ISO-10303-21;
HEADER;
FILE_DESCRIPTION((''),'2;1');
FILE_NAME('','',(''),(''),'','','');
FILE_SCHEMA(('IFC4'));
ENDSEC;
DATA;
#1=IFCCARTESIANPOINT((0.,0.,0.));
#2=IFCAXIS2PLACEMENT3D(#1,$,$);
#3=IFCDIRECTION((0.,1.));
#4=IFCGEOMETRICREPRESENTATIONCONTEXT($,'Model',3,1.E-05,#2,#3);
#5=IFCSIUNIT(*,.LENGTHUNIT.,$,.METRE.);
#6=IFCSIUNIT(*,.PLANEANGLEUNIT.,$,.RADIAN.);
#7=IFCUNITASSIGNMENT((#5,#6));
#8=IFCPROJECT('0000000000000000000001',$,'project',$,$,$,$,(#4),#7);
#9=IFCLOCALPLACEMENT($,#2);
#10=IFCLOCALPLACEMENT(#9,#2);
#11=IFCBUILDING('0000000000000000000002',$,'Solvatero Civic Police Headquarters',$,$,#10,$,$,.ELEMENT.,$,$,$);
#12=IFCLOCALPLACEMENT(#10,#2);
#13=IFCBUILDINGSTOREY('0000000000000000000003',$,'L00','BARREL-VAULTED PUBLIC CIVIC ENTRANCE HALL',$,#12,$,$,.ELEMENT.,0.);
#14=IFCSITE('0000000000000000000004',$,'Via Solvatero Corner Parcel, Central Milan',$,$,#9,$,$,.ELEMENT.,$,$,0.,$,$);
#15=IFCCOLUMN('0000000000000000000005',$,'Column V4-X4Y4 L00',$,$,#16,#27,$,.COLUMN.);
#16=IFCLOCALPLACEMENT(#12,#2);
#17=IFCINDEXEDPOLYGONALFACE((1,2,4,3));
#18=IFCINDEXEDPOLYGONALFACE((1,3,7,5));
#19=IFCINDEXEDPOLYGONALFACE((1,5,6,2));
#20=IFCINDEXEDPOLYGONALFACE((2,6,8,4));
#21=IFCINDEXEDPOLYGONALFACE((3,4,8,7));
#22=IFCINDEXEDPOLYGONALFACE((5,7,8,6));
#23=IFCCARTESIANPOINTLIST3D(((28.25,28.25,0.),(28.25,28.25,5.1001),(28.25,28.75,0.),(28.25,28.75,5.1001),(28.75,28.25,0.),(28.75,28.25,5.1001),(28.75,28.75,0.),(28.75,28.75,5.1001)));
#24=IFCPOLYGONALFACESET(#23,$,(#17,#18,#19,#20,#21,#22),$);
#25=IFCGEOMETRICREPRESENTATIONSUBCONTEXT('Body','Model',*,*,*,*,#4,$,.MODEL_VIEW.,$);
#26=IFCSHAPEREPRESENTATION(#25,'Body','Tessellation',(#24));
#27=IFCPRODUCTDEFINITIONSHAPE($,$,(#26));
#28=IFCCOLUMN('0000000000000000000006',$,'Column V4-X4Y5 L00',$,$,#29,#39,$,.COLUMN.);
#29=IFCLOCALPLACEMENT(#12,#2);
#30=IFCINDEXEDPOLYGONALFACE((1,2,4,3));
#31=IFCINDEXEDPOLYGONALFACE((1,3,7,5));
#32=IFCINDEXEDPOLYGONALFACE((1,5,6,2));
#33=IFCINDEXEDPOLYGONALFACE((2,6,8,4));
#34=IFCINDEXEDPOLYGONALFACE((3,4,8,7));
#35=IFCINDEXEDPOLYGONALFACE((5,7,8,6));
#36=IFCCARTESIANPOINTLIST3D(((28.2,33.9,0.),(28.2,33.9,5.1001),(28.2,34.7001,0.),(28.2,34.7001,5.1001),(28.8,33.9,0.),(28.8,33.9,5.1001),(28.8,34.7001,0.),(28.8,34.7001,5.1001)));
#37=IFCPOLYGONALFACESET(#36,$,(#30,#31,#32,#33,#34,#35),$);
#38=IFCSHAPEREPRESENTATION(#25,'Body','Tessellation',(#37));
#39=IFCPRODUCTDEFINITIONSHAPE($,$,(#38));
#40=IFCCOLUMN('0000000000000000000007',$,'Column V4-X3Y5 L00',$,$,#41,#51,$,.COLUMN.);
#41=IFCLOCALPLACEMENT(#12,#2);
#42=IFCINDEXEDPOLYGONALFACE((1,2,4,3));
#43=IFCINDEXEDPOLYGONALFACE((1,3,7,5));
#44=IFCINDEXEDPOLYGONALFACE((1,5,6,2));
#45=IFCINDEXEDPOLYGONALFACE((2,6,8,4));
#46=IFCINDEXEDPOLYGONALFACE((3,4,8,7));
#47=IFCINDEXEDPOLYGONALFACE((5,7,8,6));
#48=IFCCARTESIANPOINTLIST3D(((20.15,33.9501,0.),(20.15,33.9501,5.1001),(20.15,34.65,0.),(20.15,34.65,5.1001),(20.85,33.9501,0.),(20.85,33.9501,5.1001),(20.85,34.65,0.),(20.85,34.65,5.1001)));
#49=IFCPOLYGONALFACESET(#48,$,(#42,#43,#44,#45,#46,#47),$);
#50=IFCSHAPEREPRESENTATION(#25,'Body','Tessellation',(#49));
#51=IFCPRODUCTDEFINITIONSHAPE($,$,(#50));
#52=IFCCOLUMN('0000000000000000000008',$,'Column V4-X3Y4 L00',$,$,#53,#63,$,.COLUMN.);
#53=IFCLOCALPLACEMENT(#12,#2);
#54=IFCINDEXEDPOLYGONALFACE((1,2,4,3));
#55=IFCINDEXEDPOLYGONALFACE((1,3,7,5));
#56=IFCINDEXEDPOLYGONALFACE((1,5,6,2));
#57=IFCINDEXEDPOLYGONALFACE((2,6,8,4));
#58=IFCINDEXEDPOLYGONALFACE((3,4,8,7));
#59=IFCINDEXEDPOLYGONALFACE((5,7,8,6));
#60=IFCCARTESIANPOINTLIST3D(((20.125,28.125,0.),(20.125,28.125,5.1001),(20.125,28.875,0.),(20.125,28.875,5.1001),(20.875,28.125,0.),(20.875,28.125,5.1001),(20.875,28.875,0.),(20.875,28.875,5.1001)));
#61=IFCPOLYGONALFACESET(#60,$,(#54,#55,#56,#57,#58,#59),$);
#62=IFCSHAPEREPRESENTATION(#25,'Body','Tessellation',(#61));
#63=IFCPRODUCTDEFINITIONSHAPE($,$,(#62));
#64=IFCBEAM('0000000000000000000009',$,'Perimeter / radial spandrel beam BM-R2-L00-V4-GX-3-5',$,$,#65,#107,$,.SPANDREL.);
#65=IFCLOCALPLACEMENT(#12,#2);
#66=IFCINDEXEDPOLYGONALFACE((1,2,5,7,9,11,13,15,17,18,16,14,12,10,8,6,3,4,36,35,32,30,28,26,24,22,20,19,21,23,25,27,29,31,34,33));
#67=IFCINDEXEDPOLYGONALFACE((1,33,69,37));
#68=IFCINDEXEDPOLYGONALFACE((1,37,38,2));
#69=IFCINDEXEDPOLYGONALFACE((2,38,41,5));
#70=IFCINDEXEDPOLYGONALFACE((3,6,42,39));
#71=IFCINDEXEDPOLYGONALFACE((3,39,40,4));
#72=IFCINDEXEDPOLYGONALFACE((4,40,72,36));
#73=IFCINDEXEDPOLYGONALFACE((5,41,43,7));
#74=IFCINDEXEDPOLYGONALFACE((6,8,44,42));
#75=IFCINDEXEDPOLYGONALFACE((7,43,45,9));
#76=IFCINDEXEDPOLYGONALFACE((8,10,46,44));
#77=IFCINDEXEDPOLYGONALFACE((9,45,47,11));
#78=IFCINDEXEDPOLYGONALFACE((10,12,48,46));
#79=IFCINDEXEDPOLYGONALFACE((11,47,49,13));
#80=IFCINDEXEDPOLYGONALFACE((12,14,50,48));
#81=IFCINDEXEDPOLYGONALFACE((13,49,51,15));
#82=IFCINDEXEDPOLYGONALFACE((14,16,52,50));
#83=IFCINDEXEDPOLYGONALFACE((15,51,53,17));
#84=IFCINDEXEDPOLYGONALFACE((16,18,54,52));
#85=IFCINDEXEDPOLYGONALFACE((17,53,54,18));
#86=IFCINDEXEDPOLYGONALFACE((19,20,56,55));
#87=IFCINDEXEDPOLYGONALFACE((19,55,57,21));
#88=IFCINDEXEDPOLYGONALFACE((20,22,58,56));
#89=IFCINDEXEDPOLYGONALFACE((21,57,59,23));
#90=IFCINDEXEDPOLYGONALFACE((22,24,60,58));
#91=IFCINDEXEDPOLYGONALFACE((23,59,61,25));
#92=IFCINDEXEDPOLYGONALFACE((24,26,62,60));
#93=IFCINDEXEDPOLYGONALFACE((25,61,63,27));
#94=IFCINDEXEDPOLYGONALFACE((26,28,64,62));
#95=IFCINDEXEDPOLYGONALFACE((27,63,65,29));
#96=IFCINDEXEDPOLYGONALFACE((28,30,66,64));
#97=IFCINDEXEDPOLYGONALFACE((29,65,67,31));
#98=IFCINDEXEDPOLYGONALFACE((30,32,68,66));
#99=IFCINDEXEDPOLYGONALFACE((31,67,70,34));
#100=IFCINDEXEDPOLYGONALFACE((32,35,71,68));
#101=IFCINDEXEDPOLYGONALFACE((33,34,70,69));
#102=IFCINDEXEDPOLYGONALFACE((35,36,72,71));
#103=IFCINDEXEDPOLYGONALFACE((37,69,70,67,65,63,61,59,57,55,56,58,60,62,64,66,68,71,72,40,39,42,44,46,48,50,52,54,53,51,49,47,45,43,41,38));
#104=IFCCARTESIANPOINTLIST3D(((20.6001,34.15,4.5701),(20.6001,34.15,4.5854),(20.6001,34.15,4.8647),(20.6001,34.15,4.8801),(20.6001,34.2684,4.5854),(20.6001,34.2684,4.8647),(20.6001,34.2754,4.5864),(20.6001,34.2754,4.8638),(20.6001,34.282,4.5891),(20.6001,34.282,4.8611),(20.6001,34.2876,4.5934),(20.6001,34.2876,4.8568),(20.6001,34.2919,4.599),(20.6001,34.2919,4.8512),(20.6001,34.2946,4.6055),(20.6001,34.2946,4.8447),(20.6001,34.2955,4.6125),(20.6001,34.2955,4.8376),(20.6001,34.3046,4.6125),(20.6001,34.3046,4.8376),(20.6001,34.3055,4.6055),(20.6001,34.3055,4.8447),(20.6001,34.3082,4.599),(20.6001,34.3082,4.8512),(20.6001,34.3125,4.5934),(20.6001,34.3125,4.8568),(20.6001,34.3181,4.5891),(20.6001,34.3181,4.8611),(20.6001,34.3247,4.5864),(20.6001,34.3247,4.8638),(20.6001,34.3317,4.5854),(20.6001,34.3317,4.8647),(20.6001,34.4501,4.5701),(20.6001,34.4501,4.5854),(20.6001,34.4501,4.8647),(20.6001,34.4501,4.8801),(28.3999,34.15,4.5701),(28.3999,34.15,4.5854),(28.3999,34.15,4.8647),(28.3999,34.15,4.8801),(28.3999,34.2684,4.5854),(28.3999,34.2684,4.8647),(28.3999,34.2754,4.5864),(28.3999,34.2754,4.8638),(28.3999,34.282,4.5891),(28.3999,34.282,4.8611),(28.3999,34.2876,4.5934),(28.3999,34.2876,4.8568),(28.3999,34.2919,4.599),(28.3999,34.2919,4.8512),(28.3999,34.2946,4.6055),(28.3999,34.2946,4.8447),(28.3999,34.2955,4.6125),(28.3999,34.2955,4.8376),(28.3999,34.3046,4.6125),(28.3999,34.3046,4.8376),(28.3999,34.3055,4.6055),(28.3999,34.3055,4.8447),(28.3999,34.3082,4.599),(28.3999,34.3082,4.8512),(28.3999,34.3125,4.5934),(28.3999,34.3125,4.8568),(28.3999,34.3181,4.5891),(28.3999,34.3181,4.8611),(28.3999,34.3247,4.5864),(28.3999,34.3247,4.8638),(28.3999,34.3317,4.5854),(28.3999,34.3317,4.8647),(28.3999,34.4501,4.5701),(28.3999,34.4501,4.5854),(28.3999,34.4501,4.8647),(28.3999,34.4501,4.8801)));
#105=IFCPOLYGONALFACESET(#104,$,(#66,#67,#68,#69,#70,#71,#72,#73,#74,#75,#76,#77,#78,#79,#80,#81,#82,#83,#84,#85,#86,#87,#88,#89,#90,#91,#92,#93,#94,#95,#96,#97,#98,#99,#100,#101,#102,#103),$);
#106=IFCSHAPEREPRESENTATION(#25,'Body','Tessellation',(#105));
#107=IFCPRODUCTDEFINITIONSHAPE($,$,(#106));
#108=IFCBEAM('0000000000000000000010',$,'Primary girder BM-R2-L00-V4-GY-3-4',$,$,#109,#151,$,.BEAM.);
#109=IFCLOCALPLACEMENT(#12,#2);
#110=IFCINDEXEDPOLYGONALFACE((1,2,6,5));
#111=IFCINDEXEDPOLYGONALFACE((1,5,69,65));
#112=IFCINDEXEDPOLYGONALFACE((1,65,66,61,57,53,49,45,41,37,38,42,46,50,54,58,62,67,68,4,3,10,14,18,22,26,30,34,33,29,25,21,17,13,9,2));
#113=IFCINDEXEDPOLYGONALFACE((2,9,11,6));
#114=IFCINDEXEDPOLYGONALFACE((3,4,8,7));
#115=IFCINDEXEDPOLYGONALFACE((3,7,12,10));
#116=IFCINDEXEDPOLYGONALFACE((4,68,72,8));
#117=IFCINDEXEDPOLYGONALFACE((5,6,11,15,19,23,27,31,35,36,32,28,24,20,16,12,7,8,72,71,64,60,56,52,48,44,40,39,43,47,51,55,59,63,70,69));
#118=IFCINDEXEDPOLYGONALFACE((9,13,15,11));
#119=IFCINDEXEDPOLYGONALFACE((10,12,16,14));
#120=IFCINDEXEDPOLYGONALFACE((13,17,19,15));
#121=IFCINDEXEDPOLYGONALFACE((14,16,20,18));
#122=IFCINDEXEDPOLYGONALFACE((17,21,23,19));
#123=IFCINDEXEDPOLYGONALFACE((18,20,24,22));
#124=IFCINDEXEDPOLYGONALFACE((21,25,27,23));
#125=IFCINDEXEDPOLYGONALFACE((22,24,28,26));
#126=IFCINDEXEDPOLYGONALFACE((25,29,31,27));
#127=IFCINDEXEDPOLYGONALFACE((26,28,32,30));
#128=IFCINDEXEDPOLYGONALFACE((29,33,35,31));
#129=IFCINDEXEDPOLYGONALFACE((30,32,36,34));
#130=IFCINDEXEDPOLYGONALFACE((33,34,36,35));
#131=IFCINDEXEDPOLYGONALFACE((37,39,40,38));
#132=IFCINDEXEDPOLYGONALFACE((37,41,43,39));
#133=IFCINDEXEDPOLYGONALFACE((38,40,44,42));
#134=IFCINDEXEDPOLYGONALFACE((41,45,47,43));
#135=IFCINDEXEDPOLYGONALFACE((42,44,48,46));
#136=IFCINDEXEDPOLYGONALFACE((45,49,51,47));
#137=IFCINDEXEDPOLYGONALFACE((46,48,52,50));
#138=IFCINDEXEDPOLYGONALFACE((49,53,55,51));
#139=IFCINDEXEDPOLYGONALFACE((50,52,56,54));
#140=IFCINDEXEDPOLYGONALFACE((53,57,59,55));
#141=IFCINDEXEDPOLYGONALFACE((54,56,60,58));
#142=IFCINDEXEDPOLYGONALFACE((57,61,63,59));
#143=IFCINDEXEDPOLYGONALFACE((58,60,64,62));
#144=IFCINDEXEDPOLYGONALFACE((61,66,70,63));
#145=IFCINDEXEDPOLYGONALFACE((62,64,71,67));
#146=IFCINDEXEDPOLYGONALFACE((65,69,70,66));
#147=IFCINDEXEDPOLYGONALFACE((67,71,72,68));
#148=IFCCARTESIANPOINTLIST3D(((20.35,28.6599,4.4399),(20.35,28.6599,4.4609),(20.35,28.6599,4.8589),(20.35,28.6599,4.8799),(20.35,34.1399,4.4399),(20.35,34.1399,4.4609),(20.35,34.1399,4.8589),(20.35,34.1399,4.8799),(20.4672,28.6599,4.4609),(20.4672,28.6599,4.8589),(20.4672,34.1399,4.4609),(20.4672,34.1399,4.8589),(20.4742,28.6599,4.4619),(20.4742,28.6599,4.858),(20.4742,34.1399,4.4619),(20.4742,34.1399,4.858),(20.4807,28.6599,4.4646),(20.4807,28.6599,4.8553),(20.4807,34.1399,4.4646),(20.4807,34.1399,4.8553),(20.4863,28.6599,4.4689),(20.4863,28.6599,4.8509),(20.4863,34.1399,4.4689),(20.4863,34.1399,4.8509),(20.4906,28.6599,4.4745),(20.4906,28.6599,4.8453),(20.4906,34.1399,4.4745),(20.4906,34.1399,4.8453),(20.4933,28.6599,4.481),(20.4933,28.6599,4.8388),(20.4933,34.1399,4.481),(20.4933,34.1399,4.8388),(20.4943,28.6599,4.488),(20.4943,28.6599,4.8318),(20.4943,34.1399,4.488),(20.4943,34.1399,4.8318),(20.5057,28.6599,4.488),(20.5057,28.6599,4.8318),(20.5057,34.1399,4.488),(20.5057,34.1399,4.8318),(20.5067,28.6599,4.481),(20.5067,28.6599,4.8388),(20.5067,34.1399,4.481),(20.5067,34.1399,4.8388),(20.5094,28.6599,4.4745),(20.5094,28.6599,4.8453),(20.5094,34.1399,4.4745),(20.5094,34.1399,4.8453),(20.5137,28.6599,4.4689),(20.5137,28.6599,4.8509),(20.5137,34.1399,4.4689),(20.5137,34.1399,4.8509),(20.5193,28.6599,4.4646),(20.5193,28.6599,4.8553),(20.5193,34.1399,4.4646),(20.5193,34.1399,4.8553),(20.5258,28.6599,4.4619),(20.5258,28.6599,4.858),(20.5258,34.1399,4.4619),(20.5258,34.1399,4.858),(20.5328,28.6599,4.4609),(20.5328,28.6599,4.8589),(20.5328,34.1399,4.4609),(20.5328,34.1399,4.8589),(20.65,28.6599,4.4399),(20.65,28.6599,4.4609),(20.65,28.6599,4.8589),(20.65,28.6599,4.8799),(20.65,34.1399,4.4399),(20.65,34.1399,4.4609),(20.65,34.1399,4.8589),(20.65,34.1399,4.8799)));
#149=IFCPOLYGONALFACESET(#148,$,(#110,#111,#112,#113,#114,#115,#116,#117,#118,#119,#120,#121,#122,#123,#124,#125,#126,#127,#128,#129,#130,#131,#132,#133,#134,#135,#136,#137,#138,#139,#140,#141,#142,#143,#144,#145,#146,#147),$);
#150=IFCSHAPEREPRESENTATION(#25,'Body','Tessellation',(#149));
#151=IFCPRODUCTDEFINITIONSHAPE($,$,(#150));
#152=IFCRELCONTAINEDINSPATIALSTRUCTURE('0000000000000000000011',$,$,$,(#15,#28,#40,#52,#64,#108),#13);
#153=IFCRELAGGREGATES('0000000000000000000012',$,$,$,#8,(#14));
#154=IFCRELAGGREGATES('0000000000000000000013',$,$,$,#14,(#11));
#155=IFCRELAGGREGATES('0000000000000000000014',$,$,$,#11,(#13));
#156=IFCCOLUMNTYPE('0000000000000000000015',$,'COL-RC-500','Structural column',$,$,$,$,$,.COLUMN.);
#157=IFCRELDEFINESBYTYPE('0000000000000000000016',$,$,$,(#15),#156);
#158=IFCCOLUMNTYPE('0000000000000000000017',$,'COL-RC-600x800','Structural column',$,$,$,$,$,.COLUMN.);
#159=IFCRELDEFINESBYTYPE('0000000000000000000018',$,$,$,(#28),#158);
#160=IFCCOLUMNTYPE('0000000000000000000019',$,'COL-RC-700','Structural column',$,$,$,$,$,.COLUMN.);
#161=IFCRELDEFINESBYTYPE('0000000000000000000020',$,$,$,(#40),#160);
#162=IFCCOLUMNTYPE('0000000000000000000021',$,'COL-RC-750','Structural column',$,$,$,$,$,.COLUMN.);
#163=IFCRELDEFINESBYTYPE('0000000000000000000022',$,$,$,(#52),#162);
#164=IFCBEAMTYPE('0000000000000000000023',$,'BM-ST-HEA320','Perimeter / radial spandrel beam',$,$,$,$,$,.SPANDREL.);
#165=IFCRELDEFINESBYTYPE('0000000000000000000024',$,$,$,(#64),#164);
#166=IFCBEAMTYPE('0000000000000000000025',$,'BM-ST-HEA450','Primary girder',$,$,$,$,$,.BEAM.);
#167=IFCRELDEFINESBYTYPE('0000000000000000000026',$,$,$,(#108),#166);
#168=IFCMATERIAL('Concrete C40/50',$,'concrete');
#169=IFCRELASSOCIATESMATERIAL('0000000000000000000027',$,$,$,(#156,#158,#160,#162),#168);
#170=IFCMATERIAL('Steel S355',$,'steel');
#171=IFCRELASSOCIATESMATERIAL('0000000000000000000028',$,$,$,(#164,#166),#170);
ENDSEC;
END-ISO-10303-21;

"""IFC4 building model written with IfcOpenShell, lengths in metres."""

from ifc_helpers import new_model, si_unit, direction, frame, origin, origin_2d, place, context, subcontext, project, spatial, rectangle, i_section, extrude, material, material_profile, profile_set, type_object, element, save


model = new_model("IFC4")

# Units and contexts
model_context = context("Model", 3, precision=1e-05, world=origin(), true_north=direction((0.0, 1.0)))
body_context = subcontext(model_context, "Body", "Model", "MODEL_VIEW")
ifc_project = project(units=[si_unit("LENGTHUNIT", "METRE"), si_unit("PLANEANGLEUNIT", "RADIAN")], contexts=[model_context])

# Site, building, storey
site_placement = place(None, origin())
site = spatial("IfcSite", under=ifc_project, at=site_placement, Name="Via Solvatero Corner Parcel, Central Milan", CompositionType="ELEMENT", RefElevation=0.0)
building_placement = place(site_placement, origin())
building = spatial("IfcBuilding", under=site, at=building_placement, Name="Solvatero Civic Police Headquarters", CompositionType="ELEMENT")
storey_placement = place(building_placement, origin())
storey = spatial("IfcBuildingStorey", under=building, at=storey_placement, Name="L00", Description="BARREL-VAULTED PUBLIC CIVIC ENTRANCE HALL", CompositionType="ELEMENT", Elevation=0.0)

# Columns
ifc_material_1 = material(Name="Concrete C40/50", Category="concrete")
ifc_material_profile_1 = material_profile(ifc_material_1, rectangle(XDim=0.5, YDim=0.5, at=origin_2d()), Name="RC 500x500")
ifc_profile_set_1 = profile_set([ifc_material_profile_1], Name="Concrete C40/50")
column_type_1 = type_object("IfcColumnType", Name="COL-RC-500", Description="Structural column", PredefinedType="COLUMN", material=ifc_profile_set_1)
column_1_placement = place(storey_placement, frame((28.5, 28.5, 0.0), z_axis=(0.0, 0.0, 1.0), x_axis=(1.0, 0.0, 0.0)))
element("IfcColumn", 1, at=column_1_placement, inside=storey, type_object=column_type_1, Name="Column V4-X4Y4 L00", PredefinedType="COLUMN", context=body_context, shape_type="SweptSolid", body=[
    extrude(rectangle(XDim=0.5, YDim=0.5, at=origin_2d()), origin(), (0.0, 0.0, 1.0), 5.1001),
])
ifc_material_profile_2 = material_profile(ifc_material_1, rectangle(XDim=0.6001, YDim=0.8, at=origin_2d()), Name="RC 600x800")
ifc_profile_set_2 = profile_set([ifc_material_profile_2], Name="Concrete C40/50")
column_type_2 = type_object("IfcColumnType", Name="COL-RC-600x800", Description="Structural column", PredefinedType="COLUMN", material=ifc_profile_set_2)
column_2_placement = place(storey_placement, frame((28.5, 34.3, 0.0), z_axis=(0.0, 0.0, 1.0), x_axis=(1.0, 0.0, 0.0)))
element("IfcColumn", 2, at=column_2_placement, inside=storey, type_object=column_type_2, Name="Column V4-X4Y5 L00", PredefinedType="COLUMN", context=body_context, shape_type="SweptSolid", body=[
    extrude(rectangle(XDim=0.6001, YDim=0.8, at=origin_2d()), origin(), (0.0, 0.0, 1.0), 5.1001),
])
ifc_material_profile_3 = material_profile(ifc_material_1, rectangle(XDim=0.7, YDim=0.7, at=origin_2d()), Name="RC 700x700")
ifc_profile_set_3 = profile_set([ifc_material_profile_3], Name="Concrete C40/50")
column_type_3 = type_object("IfcColumnType", Name="COL-RC-700", Description="Structural column", PredefinedType="COLUMN", material=ifc_profile_set_3)
column_3_placement = place(storey_placement, frame((20.5, 34.3, 0.0), z_axis=(0.0, 0.0, 1.0), x_axis=(1.0, 0.0, 0.0)))
element("IfcColumn", 3, at=column_3_placement, inside=storey, type_object=column_type_3, Name="Column V4-X3Y5 L00", PredefinedType="COLUMN", context=body_context, shape_type="SweptSolid", body=[
    extrude(rectangle(XDim=0.7, YDim=0.7, at=origin_2d()), origin(), (0.0, 0.0, 1.0), 5.1001),
])
ifc_material_profile_4 = material_profile(ifc_material_1, rectangle(XDim=0.75, YDim=0.75, at=origin_2d()), Name="RC 750x750")
ifc_profile_set_4 = profile_set([ifc_material_profile_4], Name="Concrete C40/50")
column_type_4 = type_object("IfcColumnType", Name="COL-RC-750", Description="Structural column", PredefinedType="COLUMN", material=ifc_profile_set_4)
column_4_placement = place(storey_placement, frame((20.5, 28.5, 0.0), z_axis=(0.0, 0.0, 1.0), x_axis=(1.0, 0.0, 0.0)))
element("IfcColumn", 4, at=column_4_placement, inside=storey, type_object=column_type_4, Name="Column V4-X3Y4 L00", PredefinedType="COLUMN", context=body_context, shape_type="SweptSolid", body=[
    extrude(rectangle(XDim=0.75, YDim=0.75, at=origin_2d()), origin(), (0.0, 0.0, 1.0), 5.1001),
])

# Beams
ifc_material_2 = material(Name="Steel S355", Category="steel")
ifc_material_profile_5 = material_profile(ifc_material_2, i_section(OverallWidth=0.3, OverallDepth=0.3101, WebThickness=0.009, FlangeThickness=0.0154, FilletRadius=0.0271, at=origin_2d()), Name="HEA 320")
ifc_profile_set_5 = profile_set([ifc_material_profile_5], Name="Steel S355")
beam_type_1 = type_object("IfcBeamType", Name="BM-ST-HEA320", Description="Perimeter / radial spandrel beam", PredefinedType="SPANDREL", material=ifc_profile_set_5)
beam_1_placement = place(storey_placement, frame((20.6001, 34.3, 4.7251), z_axis=(1.0, 0.0, 0.0), x_axis=(0.0, 1.0, 0.0)))
element("IfcBeam", 5, at=beam_1_placement, inside=storey, type_object=beam_type_1, Name="Perimeter / radial spandrel beam BM-R2-L00-V4-GX-3-5", PredefinedType="SPANDREL", context=body_context, shape_type="SweptSolid", body=[
    extrude(i_section(OverallWidth=0.3, OverallDepth=0.3101, WebThickness=0.009, FlangeThickness=0.0154, FilletRadius=0.0271, at=origin_2d()), origin(), (0.0, 0.0, 1.0), 7.7998),
])
ifc_material_profile_6 = material_profile(ifc_material_2, i_section(OverallWidth=0.3, OverallDepth=0.4399, WebThickness=0.0115, FlangeThickness=0.021, FilletRadius=0.0271, at=origin_2d()), Name="HEA 450")
ifc_profile_set_6 = profile_set([ifc_material_profile_6], Name="Steel S355")
beam_type_2 = type_object("IfcBeamType", Name="BM-ST-HEA450", Description="Primary girder", PredefinedType="BEAM", material=ifc_profile_set_6)
for number, where, z_axis, x_axis, name in (
    (6, (20.5, 28.6599, 4.6599), (0.0, 1.0, 0.0), (-1.0, 0.0, 0.0), "Primary girder BM-R2-L00-V4-GY-3-4"),
):
    element("IfcBeam", number, at=place(storey_placement, frame(where, z_axis=z_axis, x_axis=x_axis)), inside=storey, type_object=beam_type_2, Name=name, PredefinedType="BEAM", context=body_context, shape_type="SweptSolid", body=[
        extrude(i_section(OverallWidth=0.3, OverallDepth=0.4399, WebThickness=0.0115, FlangeThickness=0.021, FilletRadius=0.0271, at=origin_2d()), origin(), (0.0, 0.0, 1.0), 5.48),
    ])

save(model, "model.ifc")
